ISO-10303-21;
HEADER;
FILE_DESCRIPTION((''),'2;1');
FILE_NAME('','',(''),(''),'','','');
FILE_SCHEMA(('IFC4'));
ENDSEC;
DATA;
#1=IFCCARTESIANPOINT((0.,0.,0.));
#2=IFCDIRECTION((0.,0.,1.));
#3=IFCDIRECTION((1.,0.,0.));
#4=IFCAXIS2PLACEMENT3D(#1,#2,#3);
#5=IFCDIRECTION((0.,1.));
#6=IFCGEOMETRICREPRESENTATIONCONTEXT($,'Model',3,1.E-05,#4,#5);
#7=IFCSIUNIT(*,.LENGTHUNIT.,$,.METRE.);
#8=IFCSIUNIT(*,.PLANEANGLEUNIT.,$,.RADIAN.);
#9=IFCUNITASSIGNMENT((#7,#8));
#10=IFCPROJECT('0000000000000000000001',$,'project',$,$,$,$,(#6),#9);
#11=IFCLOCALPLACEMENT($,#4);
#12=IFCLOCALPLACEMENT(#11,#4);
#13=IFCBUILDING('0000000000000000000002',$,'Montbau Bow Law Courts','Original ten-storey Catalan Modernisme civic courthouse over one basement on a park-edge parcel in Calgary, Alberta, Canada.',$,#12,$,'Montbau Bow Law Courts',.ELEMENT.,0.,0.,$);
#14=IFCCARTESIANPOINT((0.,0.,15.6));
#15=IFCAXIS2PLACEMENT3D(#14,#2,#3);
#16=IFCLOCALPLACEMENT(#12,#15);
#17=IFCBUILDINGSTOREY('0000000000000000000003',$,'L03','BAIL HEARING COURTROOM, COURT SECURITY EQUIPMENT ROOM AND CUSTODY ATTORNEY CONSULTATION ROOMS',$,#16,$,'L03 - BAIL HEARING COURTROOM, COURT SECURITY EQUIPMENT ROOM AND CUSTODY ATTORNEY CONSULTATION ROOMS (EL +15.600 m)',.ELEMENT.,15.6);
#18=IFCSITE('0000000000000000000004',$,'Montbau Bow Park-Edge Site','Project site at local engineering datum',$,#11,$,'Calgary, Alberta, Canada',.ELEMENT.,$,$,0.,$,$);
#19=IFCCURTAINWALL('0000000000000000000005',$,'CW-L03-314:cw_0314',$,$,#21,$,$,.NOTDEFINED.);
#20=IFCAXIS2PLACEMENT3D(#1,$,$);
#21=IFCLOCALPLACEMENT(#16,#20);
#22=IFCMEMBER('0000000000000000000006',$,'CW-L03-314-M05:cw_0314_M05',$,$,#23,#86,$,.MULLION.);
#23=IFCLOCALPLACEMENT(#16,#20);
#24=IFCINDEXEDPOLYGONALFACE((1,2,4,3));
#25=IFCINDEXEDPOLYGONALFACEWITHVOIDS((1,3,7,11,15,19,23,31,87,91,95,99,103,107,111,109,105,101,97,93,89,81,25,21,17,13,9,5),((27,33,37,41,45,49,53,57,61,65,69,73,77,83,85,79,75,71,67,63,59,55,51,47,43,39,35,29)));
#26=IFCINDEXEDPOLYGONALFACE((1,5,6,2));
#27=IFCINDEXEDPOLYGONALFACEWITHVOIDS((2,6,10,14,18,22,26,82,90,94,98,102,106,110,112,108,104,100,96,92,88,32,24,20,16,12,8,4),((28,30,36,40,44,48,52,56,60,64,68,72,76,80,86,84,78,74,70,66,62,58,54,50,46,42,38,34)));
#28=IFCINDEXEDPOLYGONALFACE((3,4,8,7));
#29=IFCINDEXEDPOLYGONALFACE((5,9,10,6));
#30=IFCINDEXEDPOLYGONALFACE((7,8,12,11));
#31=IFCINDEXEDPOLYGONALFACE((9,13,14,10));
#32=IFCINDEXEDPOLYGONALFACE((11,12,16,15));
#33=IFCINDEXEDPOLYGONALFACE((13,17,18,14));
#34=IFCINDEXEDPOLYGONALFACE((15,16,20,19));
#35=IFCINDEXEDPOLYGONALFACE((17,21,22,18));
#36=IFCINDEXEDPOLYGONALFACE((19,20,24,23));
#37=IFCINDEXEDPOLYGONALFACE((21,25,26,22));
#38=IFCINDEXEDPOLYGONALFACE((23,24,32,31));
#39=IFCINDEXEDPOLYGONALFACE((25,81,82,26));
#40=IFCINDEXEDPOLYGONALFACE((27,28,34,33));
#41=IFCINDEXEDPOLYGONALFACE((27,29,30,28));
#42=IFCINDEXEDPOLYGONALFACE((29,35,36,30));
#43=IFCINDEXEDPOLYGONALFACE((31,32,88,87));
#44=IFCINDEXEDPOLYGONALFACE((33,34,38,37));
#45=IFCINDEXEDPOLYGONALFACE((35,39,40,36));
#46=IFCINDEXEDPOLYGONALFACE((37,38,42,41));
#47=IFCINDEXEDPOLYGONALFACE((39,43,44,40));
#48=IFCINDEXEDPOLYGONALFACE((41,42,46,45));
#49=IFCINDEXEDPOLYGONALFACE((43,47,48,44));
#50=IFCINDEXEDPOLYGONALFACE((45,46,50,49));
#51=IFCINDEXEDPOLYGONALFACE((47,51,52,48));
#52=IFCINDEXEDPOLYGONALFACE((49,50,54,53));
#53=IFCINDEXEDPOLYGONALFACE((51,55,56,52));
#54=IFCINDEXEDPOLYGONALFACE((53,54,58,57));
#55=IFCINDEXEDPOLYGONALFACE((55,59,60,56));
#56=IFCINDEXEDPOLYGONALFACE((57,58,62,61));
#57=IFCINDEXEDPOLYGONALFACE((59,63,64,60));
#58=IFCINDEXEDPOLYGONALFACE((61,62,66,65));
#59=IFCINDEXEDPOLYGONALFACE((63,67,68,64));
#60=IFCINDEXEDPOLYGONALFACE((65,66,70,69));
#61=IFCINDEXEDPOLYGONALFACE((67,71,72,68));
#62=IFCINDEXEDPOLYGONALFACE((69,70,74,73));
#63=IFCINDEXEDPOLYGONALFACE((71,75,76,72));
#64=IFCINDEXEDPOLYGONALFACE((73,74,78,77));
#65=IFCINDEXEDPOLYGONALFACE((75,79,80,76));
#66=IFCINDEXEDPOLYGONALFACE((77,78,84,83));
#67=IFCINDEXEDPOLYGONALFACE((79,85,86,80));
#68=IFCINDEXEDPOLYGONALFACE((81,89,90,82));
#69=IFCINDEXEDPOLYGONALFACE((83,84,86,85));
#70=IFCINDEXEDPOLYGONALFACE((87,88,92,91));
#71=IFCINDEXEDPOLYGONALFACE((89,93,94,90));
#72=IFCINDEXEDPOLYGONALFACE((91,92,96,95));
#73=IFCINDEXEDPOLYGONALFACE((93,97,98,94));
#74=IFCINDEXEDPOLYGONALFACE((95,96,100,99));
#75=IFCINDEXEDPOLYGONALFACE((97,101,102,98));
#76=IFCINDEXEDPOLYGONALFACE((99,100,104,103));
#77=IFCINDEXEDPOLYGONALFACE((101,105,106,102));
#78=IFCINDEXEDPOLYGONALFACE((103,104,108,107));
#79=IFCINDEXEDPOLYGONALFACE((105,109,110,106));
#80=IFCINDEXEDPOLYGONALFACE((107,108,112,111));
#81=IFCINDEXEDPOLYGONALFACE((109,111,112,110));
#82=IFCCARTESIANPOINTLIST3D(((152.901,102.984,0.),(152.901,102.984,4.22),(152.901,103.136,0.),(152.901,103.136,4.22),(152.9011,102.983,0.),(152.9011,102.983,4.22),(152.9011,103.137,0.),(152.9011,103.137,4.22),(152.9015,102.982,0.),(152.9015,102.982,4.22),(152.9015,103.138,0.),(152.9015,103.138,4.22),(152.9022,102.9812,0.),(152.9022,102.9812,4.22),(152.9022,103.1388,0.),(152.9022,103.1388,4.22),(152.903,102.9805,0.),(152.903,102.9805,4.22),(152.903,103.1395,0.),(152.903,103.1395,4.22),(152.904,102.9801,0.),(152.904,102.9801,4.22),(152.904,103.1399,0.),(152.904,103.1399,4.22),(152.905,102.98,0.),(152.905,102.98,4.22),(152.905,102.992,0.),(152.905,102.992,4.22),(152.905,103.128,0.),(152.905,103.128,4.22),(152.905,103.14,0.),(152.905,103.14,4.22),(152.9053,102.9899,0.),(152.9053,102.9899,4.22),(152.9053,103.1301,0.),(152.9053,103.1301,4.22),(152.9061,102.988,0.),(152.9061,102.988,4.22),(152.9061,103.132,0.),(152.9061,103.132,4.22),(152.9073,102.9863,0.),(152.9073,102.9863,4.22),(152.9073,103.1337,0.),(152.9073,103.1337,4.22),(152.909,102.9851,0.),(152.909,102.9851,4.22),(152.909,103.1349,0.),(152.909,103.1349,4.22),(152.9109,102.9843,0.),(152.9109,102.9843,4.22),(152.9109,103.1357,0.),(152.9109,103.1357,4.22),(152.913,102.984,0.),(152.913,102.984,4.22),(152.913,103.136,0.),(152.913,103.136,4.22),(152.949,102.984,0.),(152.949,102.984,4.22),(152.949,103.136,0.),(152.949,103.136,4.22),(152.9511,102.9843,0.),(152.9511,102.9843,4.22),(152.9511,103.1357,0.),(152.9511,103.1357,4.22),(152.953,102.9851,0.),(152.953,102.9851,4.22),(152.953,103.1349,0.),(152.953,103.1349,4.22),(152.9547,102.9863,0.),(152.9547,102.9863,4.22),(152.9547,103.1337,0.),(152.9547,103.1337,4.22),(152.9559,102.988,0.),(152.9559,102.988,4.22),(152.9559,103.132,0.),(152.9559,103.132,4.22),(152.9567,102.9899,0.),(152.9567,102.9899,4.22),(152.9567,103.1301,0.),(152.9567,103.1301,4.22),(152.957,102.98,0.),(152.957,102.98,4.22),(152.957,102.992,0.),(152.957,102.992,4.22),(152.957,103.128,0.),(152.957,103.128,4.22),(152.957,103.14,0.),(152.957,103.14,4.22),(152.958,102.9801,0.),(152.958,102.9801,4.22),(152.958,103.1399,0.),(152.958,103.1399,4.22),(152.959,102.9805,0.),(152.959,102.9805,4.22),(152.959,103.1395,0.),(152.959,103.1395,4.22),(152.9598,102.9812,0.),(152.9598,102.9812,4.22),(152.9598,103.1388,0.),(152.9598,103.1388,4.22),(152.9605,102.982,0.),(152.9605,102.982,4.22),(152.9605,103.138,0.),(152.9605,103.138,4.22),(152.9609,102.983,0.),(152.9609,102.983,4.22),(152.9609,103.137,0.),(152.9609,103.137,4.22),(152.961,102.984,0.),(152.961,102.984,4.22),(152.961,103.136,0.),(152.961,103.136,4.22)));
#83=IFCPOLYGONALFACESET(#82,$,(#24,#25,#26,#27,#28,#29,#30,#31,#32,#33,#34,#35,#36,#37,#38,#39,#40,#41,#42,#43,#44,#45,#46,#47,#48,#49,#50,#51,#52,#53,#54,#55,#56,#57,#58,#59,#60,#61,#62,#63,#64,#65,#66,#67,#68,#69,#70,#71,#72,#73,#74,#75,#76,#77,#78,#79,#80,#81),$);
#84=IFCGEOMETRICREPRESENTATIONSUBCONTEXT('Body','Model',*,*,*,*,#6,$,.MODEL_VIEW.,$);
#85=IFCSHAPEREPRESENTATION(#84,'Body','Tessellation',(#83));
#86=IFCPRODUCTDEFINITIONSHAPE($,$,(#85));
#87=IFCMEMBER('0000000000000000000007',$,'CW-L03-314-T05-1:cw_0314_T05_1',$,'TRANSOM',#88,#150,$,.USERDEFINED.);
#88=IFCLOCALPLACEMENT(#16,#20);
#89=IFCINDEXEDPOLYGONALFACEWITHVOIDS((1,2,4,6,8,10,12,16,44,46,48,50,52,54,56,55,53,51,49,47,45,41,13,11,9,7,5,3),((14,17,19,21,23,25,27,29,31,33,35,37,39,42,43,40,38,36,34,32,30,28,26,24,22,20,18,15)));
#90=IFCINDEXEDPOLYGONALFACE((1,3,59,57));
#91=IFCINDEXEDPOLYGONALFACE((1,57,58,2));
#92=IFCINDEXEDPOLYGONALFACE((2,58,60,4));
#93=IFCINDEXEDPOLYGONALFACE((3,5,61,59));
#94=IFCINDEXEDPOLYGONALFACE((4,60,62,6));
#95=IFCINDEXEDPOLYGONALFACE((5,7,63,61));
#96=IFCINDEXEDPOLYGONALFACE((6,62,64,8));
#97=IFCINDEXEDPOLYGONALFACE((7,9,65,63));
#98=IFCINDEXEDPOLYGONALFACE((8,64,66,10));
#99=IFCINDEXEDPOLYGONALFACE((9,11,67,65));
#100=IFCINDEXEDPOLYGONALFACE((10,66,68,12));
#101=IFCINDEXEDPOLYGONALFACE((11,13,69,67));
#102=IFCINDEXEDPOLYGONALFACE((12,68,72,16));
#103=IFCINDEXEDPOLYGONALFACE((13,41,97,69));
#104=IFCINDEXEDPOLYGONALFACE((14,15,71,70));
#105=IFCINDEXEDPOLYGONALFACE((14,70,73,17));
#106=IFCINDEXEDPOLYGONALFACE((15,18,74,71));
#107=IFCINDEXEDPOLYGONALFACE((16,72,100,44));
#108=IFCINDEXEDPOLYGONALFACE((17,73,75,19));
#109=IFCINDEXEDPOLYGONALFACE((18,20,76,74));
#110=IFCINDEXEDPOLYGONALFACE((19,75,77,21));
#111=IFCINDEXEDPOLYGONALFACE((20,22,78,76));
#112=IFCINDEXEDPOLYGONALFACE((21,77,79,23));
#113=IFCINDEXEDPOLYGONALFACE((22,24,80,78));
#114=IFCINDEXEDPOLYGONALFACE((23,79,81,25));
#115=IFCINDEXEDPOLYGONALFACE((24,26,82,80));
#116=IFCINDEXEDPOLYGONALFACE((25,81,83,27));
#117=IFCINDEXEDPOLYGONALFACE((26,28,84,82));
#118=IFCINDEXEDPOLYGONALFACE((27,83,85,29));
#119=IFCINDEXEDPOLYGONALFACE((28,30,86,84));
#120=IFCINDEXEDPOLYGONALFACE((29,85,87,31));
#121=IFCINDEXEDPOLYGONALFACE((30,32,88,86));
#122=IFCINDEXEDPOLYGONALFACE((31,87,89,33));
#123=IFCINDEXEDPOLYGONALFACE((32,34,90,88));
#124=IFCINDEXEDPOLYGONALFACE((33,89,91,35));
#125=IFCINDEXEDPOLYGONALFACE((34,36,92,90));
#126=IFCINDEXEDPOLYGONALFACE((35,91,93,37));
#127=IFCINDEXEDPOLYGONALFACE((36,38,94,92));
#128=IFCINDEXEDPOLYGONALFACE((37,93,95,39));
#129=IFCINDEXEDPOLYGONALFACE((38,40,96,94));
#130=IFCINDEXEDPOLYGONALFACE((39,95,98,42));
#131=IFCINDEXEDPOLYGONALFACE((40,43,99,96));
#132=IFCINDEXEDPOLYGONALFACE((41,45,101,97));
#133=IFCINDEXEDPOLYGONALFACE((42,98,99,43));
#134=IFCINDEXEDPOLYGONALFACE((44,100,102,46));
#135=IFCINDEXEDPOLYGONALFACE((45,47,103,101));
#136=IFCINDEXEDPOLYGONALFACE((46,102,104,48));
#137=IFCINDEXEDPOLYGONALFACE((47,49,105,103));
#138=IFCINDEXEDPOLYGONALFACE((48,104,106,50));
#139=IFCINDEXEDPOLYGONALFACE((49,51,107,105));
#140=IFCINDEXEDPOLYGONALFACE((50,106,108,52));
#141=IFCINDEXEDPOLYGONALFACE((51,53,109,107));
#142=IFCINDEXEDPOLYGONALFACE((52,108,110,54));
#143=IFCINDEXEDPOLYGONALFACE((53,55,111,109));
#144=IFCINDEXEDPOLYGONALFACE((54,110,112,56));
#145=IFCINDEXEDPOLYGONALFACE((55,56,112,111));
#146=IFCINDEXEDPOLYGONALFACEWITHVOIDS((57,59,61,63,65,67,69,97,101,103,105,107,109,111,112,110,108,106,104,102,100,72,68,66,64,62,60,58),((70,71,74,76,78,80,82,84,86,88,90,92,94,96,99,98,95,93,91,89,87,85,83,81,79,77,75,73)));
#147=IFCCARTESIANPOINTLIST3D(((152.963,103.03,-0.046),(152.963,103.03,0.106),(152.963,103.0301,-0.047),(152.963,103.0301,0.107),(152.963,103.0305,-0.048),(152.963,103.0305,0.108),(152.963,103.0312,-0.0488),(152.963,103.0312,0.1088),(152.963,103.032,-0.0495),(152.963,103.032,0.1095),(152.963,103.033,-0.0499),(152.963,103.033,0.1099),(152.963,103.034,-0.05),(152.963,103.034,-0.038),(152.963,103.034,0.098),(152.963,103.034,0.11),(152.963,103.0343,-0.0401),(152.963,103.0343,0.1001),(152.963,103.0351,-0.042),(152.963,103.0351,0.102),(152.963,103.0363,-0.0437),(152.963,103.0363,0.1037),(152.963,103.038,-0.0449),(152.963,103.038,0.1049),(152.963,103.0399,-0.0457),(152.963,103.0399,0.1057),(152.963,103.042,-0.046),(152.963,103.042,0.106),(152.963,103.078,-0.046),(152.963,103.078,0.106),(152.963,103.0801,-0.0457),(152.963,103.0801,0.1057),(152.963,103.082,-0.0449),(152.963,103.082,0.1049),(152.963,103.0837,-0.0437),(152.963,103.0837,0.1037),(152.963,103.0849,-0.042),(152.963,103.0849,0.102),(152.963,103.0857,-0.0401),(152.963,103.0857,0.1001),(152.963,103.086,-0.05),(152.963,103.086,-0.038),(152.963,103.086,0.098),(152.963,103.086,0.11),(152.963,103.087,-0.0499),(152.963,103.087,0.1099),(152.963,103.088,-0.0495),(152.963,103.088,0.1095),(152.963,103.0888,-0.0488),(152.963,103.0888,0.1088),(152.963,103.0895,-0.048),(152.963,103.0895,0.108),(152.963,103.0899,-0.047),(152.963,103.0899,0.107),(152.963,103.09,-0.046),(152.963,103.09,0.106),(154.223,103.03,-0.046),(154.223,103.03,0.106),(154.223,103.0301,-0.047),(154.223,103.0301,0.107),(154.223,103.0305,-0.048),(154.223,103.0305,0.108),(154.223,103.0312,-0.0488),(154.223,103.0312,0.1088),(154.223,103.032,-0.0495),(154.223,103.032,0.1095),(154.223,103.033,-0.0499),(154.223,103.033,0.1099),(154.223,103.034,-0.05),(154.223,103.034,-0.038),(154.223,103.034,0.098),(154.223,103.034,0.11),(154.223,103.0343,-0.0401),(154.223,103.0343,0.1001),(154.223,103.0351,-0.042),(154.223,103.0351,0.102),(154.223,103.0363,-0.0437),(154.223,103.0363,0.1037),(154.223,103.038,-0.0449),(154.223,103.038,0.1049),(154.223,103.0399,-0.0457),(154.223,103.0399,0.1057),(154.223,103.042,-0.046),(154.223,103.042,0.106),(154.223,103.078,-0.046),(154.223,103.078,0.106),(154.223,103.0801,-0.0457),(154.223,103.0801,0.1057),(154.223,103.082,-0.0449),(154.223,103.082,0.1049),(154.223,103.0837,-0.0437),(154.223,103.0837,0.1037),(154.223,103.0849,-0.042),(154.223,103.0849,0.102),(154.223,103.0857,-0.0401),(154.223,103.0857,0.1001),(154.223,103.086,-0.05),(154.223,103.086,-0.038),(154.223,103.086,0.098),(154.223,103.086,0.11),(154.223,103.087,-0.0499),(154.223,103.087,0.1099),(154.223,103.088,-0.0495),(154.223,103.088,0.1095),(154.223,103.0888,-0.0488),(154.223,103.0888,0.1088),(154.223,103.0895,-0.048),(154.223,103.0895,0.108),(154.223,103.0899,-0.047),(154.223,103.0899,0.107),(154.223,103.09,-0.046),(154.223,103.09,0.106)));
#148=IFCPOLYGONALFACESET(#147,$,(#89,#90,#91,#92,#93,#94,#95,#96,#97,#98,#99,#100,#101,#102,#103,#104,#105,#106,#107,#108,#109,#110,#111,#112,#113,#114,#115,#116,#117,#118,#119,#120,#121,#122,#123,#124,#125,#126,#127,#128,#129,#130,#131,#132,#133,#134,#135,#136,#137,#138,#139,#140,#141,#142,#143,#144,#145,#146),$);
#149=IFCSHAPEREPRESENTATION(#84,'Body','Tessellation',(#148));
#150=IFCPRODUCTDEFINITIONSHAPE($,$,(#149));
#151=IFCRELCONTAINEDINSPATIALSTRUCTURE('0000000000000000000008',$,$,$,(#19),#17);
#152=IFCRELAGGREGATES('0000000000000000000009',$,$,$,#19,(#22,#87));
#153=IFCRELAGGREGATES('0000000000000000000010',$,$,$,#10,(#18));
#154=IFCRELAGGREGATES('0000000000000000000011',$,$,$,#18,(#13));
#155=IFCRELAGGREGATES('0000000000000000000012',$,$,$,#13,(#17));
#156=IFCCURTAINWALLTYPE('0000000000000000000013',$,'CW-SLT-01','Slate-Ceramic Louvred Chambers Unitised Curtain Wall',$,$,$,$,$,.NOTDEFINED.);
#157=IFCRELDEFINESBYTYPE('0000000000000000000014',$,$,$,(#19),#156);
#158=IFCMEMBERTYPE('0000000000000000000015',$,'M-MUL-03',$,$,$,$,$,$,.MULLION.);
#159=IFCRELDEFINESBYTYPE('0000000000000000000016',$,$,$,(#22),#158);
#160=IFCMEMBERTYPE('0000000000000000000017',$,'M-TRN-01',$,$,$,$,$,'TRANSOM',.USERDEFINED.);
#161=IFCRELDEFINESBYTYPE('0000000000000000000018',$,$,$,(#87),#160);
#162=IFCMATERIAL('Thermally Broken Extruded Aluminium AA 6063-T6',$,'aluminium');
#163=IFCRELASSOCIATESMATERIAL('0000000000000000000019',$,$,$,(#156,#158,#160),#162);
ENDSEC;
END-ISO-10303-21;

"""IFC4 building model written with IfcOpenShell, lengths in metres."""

from ifc_helpers import new_model, si_unit, direction, frame, origin_with_axes, origin_2d_with_axis, place, context, subcontext, project, spatial, hollow_rectangle, extrude, material, material_profile, profile_set, type_object, element, aggregate, save


model = new_model("IFC4")

# Units and contexts
model_context = context("Model", 3, precision=1e-05, world=origin_with_axes(), true_north=direction((0.0, 1.0)))
body_context = subcontext(model_context, "Body", "Model", "MODEL_VIEW")
ifc_project = project(units=[si_unit("LENGTHUNIT", "METRE"), si_unit("PLANEANGLEUNIT", "RADIAN")], contexts=[model_context])

# Site, building, storey
site_placement = place(None, origin_with_axes())
site = spatial("IfcSite", under=ifc_project, at=site_placement, Name="Montbau Bow Park-Edge Site", Description="Project site at local engineering datum", LongName="Calgary, Alberta, Canada", CompositionType="ELEMENT", RefElevation=0.0)
building_placement = place(site_placement, origin_with_axes())
building = spatial("IfcBuilding", under=site, at=building_placement, Name="Montbau Bow Law Courts", Description="Original ten-storey Catalan Modernisme civic courthouse over one basement on a park-edge parcel in Calgary, Alberta, Canada.", LongName="Montbau Bow Law Courts", CompositionType="ELEMENT", ElevationOfRefHeight=0.0, ElevationOfTerrain=0.0)
storey_placement = place(building_placement, frame((0.0, 0.0, 15.6), z_axis=(0.0, 0.0, 1.0), x_axis=(1.0, 0.0, 0.0)))
storey = spatial("IfcBuildingStorey", under=building, at=storey_placement, Name="L03", Description="BAIL HEARING COURTROOM, COURT SECURITY EQUIPMENT ROOM AND CUSTODY ATTORNEY CONSULTATION ROOMS", LongName="L03 - BAIL HEARING COURTROOM, COURT SECURITY EQUIPMENT ROOM AND CUSTODY ATTORNEY CONSULTATION ROOMS (EL +15.600 m)", CompositionType="ELEMENT", Elevation=15.6)

# Curtain wall, members
ifc_material_1 = material(Name="Thermally Broken Extruded Aluminium AA 6063-T6", Category="aluminium")
curtain_wall_type = type_object("IfcCurtainWallType", Name="CW-SLT-01", Description="Slate-Ceramic Louvred Chambers Unitised Curtain Wall", PredefinedType="NOTDEFINED", material=ifc_material_1)
curtain_wall_placement = place(None, frame((147.515, 103.06, 15.6), z_axis=(0.0, 0.0, 1.0), x_axis=(1.0, 0.0, 0.0)))
curtain_wall = element("IfcCurtainWall", 1, at=curtain_wall_placement, inside=storey, type_object=curtain_wall_type, Name="CW-L03-314:cw_0314", PredefinedType="NOTDEFINED")
ifc_material_profile_1 = material_profile(ifc_material_1, hollow_rectangle(XDim=0.06, YDim=0.16, WallThickness=0.004, InnerFilletRadius=0.008, OuterFilletRadius=0.004, at=origin_2d_with_axis()), Name="CWM-160X60", Category="Main", Priority=0)
ifc_profile_set_1 = profile_set([ifc_material_profile_1], Name="Thermally Broken Extruded Aluminium AA 6063-T6")
member_type_1 = type_object("IfcMemberType", Name="M-MUL-03", PredefinedType="MULLION", material=ifc_profile_set_1)
member_1_placement = place(None, frame((152.931, 103.06, 15.6), z_axis=(0.0, 0.0, 1.0), x_axis=(1.0, 0.0, 0.0)))
member_1 = element("IfcMember", 2, at=member_1_placement, type_object=member_type_1, Name="CW-L03-314-M05:cw_0314_M05", PredefinedType="MULLION", context=body_context, shape_type="SweptSolid", body=[
    extrude(hollow_rectangle(XDim=0.06, YDim=0.16, WallThickness=0.004, InnerFilletRadius=0.008, OuterFilletRadius=0.004, at=origin_2d_with_axis()), origin_with_axes(), (0.0, 0.0, 1.0), 4.22),
])
ifc_material_profile_2 = material_profile(ifc_material_1, hollow_rectangle(XDim=0.06, YDim=0.16, WallThickness=0.004, InnerFilletRadius=0.008, OuterFilletRadius=0.004, at=origin_2d_with_axis()), Name="CWT-160X60", Category="Main", Priority=0)
ifc_profile_set_2 = profile_set([ifc_material_profile_2], Name="Thermally Broken Extruded Aluminium AA 6063-T6")
member_type_2 = type_object("IfcMemberType", Name="M-TRN-01", ElementType="TRANSOM", PredefinedType="USERDEFINED", material=ifc_profile_set_2)
member_2_placement = place(None, frame((152.963, 103.06, 15.63), z_axis=(1.0, 0.0, 0.0), x_axis=(0.0, 1.0, 0.0)))
member_2 = element("IfcMember", 3, at=member_2_placement, type_object=member_type_2, Name="CW-L03-314-T05-1:cw_0314_T05_1", ObjectType="TRANSOM", PredefinedType="USERDEFINED", context=body_context, shape_type="SweptSolid", body=[
    extrude(hollow_rectangle(XDim=0.06, YDim=0.16, WallThickness=0.004, InnerFilletRadius=0.008, OuterFilletRadius=0.004, at=origin_2d_with_axis()), origin_with_axes(), (0.0, 0.0, 1.0), 1.26),
])
aggregate(curtain_wall, [member_1, member_2])

save(model, "model.ifc")
